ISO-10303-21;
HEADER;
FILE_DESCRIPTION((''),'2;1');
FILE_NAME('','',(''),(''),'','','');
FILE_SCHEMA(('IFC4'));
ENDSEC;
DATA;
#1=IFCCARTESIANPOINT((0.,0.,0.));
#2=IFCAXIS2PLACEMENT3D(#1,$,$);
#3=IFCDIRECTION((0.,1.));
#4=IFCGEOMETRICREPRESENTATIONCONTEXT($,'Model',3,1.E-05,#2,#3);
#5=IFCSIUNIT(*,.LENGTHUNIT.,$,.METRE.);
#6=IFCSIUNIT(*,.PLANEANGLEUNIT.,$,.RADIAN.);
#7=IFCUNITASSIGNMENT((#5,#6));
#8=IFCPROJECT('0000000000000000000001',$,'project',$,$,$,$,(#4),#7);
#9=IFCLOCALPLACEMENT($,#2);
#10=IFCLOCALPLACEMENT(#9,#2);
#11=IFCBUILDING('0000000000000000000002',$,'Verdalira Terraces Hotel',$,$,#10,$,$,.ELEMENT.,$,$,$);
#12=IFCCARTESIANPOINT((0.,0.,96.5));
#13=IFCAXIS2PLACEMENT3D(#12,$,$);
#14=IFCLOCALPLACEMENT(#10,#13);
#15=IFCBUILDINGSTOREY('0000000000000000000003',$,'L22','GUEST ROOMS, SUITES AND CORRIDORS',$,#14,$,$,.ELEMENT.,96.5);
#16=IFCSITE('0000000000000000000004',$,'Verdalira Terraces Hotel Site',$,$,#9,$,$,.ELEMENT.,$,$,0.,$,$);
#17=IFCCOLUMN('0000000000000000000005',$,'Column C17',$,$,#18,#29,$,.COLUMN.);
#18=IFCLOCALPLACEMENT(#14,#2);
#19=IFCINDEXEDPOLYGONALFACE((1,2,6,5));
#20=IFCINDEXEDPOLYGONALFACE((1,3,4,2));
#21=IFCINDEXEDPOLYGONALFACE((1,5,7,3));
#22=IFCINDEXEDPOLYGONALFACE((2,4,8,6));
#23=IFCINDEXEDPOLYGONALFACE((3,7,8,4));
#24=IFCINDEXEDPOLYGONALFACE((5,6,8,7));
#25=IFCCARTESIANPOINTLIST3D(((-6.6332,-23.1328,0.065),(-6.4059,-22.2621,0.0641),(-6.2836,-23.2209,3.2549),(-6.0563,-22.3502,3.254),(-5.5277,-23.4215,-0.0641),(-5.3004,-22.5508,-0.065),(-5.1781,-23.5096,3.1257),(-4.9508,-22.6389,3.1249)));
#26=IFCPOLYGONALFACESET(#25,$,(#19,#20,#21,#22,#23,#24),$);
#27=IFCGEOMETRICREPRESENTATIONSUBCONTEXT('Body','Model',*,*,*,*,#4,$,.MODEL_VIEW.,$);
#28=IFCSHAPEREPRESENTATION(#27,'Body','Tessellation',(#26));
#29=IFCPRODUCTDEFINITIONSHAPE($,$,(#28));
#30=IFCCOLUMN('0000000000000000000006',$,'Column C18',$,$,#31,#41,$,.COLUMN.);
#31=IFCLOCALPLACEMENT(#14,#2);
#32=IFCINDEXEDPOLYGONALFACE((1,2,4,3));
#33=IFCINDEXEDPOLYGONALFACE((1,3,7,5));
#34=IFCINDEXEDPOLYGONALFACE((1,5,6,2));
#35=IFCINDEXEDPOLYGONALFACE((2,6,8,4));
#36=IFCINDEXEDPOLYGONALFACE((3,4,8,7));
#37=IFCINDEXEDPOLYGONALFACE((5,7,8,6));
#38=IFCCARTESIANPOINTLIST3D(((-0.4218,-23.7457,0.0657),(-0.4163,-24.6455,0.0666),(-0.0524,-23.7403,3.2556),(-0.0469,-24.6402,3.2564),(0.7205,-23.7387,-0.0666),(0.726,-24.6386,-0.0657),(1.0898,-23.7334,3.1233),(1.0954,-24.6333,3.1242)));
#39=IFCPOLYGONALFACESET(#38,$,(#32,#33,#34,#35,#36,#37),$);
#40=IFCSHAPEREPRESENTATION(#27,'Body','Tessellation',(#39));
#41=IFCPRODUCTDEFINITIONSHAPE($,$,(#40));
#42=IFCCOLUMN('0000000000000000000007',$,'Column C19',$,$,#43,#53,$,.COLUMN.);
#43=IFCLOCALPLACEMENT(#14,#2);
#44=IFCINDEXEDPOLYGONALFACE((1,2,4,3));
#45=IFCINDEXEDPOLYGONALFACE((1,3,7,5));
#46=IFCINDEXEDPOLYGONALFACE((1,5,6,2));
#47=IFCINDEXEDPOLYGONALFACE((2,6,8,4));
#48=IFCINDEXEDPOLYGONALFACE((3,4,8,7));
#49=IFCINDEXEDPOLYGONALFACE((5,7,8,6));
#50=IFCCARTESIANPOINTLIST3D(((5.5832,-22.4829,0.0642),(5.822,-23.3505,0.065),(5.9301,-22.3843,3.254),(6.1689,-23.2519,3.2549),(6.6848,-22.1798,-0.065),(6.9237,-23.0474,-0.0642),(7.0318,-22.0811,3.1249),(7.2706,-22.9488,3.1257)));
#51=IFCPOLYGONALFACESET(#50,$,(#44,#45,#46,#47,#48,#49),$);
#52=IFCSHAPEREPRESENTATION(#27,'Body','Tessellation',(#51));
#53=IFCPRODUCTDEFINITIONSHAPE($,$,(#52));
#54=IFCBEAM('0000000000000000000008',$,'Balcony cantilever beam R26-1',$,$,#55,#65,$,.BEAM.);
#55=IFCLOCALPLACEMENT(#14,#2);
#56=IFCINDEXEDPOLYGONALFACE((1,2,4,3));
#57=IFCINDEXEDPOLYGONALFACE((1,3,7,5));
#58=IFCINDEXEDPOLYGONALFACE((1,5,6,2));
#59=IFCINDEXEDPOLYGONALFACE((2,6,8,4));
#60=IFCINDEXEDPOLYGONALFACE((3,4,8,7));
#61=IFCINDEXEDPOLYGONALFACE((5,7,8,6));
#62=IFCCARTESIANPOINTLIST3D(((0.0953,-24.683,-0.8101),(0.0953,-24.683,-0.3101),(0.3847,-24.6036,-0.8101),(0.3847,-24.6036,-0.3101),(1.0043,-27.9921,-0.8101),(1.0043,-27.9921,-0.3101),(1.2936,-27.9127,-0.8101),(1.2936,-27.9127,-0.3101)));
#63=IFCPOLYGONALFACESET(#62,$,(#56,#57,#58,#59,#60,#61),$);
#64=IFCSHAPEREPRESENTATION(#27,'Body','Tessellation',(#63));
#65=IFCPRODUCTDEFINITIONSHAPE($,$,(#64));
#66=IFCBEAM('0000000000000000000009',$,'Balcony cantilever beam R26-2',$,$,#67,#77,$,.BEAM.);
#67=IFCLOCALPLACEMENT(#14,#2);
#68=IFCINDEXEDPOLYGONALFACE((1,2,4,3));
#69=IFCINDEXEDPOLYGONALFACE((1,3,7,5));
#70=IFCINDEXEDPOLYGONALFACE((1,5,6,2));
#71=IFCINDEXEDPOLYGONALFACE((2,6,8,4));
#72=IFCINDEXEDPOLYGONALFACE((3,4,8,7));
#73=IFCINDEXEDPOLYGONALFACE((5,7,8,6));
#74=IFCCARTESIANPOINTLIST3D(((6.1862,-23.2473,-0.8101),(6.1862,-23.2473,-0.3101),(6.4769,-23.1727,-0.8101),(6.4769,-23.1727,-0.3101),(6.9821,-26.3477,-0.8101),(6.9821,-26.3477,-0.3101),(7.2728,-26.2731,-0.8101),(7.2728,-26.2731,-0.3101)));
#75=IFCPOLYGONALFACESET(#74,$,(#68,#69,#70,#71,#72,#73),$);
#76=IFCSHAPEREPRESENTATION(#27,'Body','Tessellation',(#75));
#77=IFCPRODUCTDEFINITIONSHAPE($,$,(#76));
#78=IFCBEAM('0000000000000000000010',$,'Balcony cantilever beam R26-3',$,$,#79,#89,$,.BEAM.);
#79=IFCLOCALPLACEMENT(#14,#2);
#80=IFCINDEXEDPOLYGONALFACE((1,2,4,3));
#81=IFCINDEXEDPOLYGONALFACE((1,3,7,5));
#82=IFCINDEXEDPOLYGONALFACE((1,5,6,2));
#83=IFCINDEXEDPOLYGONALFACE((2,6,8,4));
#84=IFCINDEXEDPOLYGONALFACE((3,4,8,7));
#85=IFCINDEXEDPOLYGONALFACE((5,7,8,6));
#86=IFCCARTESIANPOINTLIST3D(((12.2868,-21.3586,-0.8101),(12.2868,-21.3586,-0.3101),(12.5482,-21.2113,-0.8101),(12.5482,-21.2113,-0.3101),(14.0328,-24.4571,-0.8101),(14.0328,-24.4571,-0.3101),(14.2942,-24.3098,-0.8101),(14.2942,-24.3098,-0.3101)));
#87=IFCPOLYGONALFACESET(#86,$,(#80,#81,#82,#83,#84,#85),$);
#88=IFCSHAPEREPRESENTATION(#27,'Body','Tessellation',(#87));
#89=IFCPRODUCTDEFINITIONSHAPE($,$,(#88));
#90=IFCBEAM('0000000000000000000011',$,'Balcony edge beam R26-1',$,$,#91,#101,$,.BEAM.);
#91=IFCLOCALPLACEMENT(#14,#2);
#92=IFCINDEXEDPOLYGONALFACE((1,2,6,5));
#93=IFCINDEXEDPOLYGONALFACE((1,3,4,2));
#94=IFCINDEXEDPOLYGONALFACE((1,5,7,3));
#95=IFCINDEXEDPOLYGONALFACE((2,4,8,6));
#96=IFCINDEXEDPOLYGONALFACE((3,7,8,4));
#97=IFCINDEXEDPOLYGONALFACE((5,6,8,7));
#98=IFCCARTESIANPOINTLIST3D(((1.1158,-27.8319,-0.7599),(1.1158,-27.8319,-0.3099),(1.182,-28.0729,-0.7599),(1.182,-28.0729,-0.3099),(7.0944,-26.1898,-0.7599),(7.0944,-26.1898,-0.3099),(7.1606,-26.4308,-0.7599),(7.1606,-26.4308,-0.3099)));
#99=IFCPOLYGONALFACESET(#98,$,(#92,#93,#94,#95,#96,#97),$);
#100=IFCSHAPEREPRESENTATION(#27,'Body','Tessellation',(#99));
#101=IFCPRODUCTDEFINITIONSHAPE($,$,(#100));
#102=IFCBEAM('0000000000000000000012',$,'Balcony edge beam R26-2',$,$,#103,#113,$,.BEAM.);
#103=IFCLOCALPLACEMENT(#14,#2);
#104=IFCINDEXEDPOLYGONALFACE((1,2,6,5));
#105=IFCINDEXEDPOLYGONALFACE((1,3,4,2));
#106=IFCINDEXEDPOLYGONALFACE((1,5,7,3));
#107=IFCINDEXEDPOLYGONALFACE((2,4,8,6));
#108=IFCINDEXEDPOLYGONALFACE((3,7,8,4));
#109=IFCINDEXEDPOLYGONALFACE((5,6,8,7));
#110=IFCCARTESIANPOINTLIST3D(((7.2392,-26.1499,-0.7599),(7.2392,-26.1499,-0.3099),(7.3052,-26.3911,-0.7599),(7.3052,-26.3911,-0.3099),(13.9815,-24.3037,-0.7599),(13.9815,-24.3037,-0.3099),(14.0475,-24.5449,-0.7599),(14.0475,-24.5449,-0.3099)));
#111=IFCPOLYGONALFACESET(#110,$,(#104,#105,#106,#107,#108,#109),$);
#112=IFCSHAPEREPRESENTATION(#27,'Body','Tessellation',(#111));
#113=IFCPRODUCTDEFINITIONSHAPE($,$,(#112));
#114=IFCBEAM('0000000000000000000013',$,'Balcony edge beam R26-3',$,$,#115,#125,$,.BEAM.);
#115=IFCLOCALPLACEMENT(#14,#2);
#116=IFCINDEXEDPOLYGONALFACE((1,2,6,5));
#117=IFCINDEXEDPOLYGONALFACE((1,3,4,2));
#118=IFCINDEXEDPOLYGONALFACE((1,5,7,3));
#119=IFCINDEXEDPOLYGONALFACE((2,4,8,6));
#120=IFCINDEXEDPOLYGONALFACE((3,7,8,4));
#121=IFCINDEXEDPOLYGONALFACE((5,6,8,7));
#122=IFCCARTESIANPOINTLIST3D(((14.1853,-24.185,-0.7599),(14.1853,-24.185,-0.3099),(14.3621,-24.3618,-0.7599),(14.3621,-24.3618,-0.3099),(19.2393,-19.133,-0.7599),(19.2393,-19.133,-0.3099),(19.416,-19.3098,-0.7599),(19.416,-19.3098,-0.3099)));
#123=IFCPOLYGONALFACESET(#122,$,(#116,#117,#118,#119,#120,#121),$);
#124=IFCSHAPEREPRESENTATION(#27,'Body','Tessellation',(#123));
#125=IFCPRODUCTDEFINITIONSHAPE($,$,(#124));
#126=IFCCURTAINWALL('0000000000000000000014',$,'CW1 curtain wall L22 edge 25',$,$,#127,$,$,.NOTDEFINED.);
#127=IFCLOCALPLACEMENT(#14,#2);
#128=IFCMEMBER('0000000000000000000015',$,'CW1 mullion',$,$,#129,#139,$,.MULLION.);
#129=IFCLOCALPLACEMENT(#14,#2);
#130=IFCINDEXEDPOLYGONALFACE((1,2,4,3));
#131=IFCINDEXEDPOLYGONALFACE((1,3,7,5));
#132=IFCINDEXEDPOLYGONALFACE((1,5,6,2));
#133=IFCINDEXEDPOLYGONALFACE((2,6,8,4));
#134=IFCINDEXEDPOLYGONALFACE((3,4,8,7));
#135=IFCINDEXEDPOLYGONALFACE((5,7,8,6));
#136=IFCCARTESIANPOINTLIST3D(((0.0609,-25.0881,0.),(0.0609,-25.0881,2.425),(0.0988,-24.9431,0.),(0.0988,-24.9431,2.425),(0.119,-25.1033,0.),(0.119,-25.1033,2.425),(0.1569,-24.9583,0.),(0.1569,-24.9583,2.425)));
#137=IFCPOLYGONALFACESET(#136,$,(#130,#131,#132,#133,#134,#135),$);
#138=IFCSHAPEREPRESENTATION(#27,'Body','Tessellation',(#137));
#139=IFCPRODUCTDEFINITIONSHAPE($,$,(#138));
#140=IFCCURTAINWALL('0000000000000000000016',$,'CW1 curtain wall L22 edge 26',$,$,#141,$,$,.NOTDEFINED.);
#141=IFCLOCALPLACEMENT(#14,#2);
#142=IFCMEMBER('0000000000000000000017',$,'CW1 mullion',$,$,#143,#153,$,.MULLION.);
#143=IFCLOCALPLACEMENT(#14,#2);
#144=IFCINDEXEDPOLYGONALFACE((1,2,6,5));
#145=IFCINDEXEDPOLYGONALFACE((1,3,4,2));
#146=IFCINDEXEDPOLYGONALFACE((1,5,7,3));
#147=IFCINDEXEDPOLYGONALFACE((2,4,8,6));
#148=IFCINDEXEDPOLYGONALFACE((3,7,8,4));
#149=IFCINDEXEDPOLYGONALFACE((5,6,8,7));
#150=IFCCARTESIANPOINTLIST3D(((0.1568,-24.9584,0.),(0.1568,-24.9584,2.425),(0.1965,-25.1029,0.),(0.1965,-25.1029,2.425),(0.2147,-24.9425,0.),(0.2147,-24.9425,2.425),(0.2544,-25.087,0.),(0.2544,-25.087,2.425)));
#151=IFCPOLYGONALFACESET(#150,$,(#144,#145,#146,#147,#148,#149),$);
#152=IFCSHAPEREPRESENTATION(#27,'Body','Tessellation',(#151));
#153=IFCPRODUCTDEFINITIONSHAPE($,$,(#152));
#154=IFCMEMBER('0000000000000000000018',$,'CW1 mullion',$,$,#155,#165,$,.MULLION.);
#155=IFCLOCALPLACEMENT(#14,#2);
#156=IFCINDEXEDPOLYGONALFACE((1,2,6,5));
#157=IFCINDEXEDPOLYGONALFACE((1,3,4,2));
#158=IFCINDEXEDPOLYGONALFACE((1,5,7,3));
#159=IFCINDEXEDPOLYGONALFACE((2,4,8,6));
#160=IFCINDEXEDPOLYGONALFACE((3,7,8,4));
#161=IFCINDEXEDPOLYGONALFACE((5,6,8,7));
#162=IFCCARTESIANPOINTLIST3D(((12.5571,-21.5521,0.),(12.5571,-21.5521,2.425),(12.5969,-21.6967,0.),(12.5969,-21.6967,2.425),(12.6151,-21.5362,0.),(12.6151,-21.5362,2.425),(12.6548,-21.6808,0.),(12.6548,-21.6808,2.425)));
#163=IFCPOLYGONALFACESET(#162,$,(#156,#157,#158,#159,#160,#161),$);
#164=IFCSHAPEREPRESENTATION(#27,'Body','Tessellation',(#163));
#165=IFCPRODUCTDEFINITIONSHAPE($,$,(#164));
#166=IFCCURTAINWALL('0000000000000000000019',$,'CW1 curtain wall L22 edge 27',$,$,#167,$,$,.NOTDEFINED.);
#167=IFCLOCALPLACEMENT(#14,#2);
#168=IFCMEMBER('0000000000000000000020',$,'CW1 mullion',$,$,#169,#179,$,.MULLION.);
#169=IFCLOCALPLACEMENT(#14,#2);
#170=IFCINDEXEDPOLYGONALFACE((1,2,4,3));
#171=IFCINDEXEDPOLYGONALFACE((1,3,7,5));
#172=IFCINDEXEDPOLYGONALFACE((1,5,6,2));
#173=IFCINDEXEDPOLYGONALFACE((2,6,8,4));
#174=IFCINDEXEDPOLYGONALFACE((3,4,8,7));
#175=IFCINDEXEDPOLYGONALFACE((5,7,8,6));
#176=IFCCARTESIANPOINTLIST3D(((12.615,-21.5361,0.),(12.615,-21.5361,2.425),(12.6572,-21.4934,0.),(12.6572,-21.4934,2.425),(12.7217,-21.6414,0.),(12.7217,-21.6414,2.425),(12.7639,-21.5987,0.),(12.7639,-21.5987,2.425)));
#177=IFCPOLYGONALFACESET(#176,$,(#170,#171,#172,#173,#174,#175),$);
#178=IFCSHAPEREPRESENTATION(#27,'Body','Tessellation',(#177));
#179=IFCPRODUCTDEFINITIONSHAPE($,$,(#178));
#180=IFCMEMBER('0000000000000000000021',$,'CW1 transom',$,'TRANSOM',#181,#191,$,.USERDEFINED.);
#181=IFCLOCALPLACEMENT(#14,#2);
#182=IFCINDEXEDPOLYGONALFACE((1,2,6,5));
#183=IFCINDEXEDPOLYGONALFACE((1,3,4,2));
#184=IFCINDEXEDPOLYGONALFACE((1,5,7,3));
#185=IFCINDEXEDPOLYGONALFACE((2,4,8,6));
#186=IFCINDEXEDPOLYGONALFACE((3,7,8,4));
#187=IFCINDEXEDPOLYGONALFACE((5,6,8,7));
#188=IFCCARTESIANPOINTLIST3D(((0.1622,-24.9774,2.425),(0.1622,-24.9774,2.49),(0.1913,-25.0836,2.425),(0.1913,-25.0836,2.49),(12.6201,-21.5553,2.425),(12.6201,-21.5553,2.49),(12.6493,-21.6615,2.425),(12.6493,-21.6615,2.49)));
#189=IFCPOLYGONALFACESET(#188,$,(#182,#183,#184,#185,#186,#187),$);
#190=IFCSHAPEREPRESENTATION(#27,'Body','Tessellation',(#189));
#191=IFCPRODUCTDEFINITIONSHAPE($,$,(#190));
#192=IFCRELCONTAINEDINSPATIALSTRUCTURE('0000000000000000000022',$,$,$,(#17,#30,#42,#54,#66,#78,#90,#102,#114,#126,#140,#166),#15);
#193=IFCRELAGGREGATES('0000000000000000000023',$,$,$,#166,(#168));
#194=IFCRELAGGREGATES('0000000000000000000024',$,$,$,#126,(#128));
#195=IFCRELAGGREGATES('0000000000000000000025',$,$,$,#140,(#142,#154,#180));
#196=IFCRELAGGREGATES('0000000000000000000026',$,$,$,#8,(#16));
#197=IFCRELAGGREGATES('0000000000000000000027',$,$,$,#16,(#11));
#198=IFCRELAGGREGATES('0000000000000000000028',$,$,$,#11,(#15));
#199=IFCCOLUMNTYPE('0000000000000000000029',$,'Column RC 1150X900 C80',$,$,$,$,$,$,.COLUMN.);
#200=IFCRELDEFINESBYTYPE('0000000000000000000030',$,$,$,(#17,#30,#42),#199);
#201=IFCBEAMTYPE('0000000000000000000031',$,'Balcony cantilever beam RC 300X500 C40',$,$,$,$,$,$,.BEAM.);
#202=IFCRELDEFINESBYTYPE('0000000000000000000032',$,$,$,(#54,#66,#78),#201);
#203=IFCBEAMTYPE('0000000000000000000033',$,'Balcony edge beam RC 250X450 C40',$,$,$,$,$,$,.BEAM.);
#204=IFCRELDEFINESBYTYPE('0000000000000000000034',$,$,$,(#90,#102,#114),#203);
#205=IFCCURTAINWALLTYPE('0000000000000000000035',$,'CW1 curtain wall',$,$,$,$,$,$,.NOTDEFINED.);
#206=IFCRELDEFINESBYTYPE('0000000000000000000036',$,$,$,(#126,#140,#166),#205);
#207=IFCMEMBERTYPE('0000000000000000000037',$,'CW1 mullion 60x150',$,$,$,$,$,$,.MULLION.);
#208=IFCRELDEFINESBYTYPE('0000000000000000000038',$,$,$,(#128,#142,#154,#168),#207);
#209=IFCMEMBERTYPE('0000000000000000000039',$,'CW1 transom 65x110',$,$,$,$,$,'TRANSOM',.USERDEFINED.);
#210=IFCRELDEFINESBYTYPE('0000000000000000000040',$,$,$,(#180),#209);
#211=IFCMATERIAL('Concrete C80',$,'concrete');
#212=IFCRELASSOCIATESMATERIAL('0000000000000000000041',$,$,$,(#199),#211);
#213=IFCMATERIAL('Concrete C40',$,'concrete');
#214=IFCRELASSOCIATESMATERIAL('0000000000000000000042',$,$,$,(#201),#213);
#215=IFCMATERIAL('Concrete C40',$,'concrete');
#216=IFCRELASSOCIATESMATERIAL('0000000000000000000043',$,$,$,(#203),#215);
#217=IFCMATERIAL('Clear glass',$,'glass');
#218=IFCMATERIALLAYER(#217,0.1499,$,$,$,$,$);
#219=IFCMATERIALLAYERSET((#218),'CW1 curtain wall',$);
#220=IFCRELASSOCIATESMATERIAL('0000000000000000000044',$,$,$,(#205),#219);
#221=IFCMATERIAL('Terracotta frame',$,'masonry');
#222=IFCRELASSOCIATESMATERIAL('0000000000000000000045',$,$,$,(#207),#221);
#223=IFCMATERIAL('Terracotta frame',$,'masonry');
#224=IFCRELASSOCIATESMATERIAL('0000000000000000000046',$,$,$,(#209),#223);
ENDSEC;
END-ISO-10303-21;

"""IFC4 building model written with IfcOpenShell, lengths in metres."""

from ifc_helpers import new_model, si_unit, direction, frame, origin, origin_2d, place, context, subcontext, project, spatial, rectangle, extrude, material, layer, layer_set, material_profile, profile_set, type_object, element, aggregate, save


model = new_model("IFC4")

# Units and contexts
model_context = context("Model", 3, precision=1e-05, world=origin(), true_north=direction((0.0, 1.0)))
body_context = subcontext(model_context, "Body", "Model", "MODEL_VIEW")
ifc_project = project(units=[si_unit("LENGTHUNIT", "METRE"), si_unit("PLANEANGLEUNIT", "RADIAN")], contexts=[model_context])

# Site, building, storey
site_placement = place(None, origin())
site = spatial("IfcSite", under=ifc_project, at=site_placement, Name="Verdalira Terraces Hotel Site", CompositionType="ELEMENT", RefElevation=0.0)
building_placement = place(site_placement, origin())
building = spatial("IfcBuilding", under=site, at=building_placement, Name="Verdalira Terraces Hotel", CompositionType="ELEMENT")
storey_placement = place(building_placement, frame((0.0, 0.0, 96.5)))
storey = spatial("IfcBuildingStorey", under=building, at=storey_placement, Name="L22", Description="GUEST ROOMS, SUITES AND CORRIDORS", CompositionType="ELEMENT", Elevation=96.5)

# Columns
ifc_material_1 = material(Name="Concrete C80", Category="concrete")
ifc_material_profile_1 = material_profile(ifc_material_1, rectangle(XDim=1.1499, YDim=0.8999, at=origin_2d()), Name="RC 1150X900")
ifc_profile_set_1 = profile_set([ifc_material_profile_1], Name="Concrete C80")
column_type = type_object("IfcColumnType", Name="Column RC 1150X900 C80", PredefinedType="COLUMN", material=ifc_profile_set_1)
column_1_placement = place(storey_placement, frame((-5.9668, -22.8418, 0.0), z_axis=(0.108904, -0.027454, 0.993673), x_axis=(0.961432, -0.251068, -0.112307)))
element("IfcColumn", 1, at=column_1_placement, inside=storey, type_object=column_type, Name="Column C17", PredefinedType="COLUMN", context=body_context, shape_type="SweptSolid", body=[
    extrude(rectangle(XDim=1.1499, YDim=0.8999, at=origin_2d()), origin(), (0.0, 0.0, 1.0), 3.2102),
])
column_2_placement = place(storey_placement, frame((0.1521, -24.1921, 0.0), z_axis=(0.115028, 0.001673, 0.993361), x_axis=(-0.993343, -0.00601, 0.115036)))
element("IfcColumn", 2, at=column_2_placement, inside=storey, type_object=column_type, Name="Column C18", PredefinedType="COLUMN", context=body_context, shape_type="SweptSolid", body=[
    extrude(rectangle(XDim=1.1499, YDim=0.8999, at=origin_2d()), origin(), (0.0, 0.0, 1.0), 3.2112),
])
column_3_placement = place(storey_placement, frame((6.2534, -22.7651, 0.0), z_axis=(0.108067, 0.030724, 0.993669), x_axis=(0.958063, 0.263618, -0.112346)))
element("IfcColumn", 3, at=column_3_placement, inside=storey, type_object=column_type, Name="Column C19", PredefinedType="COLUMN", context=body_context, shape_type="SweptSolid", body=[
    extrude(rectangle(XDim=1.1499, YDim=0.8999, at=origin_2d()), origin(), (0.0, 0.0, 1.0), 3.2102),
])

# Beams
ifc_material_2 = material(Name="Concrete C40", Category="concrete")
ifc_material_profile_2 = material_profile(ifc_material_2, rectangle(XDim=0.3, YDim=0.5, at=origin_2d()), Name="RC 300X500")
ifc_profile_set_2 = profile_set([ifc_material_profile_2], Name="Concrete C40")
beam_type_1 = type_object("IfcBeamType", Name="Balcony cantilever beam RC 300X500 C40", PredefinedType="BEAM", material=ifc_profile_set_2)
beam_1_placement = place(storey_placement, frame((0.24, -24.6433, -0.5601), z_axis=(0.264869, -0.964284, 0.0), x_axis=(0.964284, 0.264869, 0.0)))
element("IfcBeam", 4, at=beam_1_placement, inside=storey, type_object=beam_type_1, Name="Balcony cantilever beam R26-1", PredefinedType="BEAM", context=body_context, shape_type="SweptSolid", body=[
    extrude(rectangle(XDim=0.3, YDim=0.5, at=origin_2d()), origin(), (0.0, 0.0, 1.0), 3.4316),
])
beam_2_placement = place(storey_placement, frame((6.3315, -23.21, -0.5601), z_axis=(0.248651, -0.968593, 0.0), x_axis=(0.968593, 0.248651, 0.0)))
element("IfcBeam", 5, at=beam_2_placement, inside=storey, type_object=beam_type_1, Name="Balcony cantilever beam R26-2", PredefinedType="BEAM", context=body_context, shape_type="SweptSolid", body=[
    extrude(rectangle(XDim=0.3, YDim=0.5, at=origin_2d()), origin(), (0.0, 0.0, 1.0), 3.2009),
])
beam_3_placement = place(storey_placement, frame((12.4175, -21.2849, -0.5601), z_axis=(0.490926, -0.871201, 0.0), x_axis=(0.871201, 0.490926, 0.0)))
element("IfcBeam", 6, at=beam_3_placement, inside=storey, type_object=beam_type_1, Name="Balcony cantilever beam R26-3", PredefinedType="BEAM", context=body_context, shape_type="SweptSolid", body=[
    extrude(rectangle(XDim=0.3, YDim=0.5, at=origin_2d()), origin(), (0.0, 0.0, 1.0), 3.5566),
])
ifc_material_3 = material(Name="Concrete C40", Category="concrete")
ifc_material_profile_3 = material_profile(ifc_material_3, rectangle(XDim=0.25, YDim=0.45, at=origin_2d()), Name="RC 250X450")
ifc_profile_set_3 = profile_set([ifc_material_profile_3], Name="Concrete C40")
beam_type_2 = type_object("IfcBeamType", Name="Balcony edge beam RC 250X450 C40", PredefinedType="BEAM", material=ifc_profile_set_3)
beam_4_placement = place(storey_placement, frame((1.1489, -27.9524, -0.5349), z_axis=(0.964288, 0.264856, 0.0), x_axis=(-0.264856, 0.964288, 0.0)))
element("IfcBeam", 7, at=beam_4_placement, inside=storey, type_object=beam_type_2, Name="Balcony edge beam R26-1", PredefinedType="BEAM", context=body_context, shape_type="SweptSolid", body=[
    extrude(rectangle(XDim=0.25, YDim=0.45, at=origin_2d()), origin(), (0.0, 0.0, 1.0), 6.2),
])
beam_5_placement = place(storey_placement, frame((7.2722, -26.2705, -0.5349), z_axis=(0.964494, 0.264104, 0.0), x_axis=(-0.264104, 0.964494, 0.0)))
element("IfcBeam", 8, at=beam_5_placement, inside=storey, type_object=beam_type_2, Name="Balcony edge beam R26-2", PredefinedType="BEAM", context=body_context, shape_type="SweptSolid", body=[
    extrude(rectangle(XDim=0.25, YDim=0.45, at=origin_2d()), origin(), (0.0, 0.0, 1.0), 6.9905),
])
beam_6_placement = place(storey_placement, frame((14.2737, -24.2734, -0.5349), z_axis=(0.707243, 0.70697, 0.0), x_axis=(-0.70697, 0.707243, 0.0)))
element("IfcBeam", 9, at=beam_6_placement, inside=storey, type_object=beam_type_2, Name="Balcony edge beam R26-3", PredefinedType="BEAM", context=body_context, shape_type="SweptSolid", body=[
    extrude(rectangle(XDim=0.25, YDim=0.45, at=origin_2d()), origin(), (0.0, 0.0, 1.0), 7.146),
])

# Curtain wall, member
ifc_material_4 = material(Name="Clear glass", Category="glass")
ifc_layer_1 = layer(ifc_material_4, 0.1499)
ifc_layer_set_1 = layer_set([ifc_layer_1], Name="CW1 curtain wall")
curtain_wall_type = type_object("IfcCurtainWallType", Name="CW1 curtain wall", PredefinedType="NOTDEFINED", material=ifc_layer_set_1)
curtain_wall_1_placement = place(storey_placement, origin())
curtain_wall_1 = element("IfcCurtainWall", 10, at=curtain_wall_1_placement, inside=storey, type_object=curtain_wall_type, Name="CW1 curtain wall L22 edge 25", PredefinedType="NOTDEFINED")
ifc_material_5 = material(Name="Terracotta frame", Category="masonry")
ifc_material_profile_4 = material_profile(ifc_material_5, rectangle(XDim=0.0601, YDim=0.1499, at=origin_2d()), Name="MU 60x150")
ifc_profile_set_4 = profile_set([ifc_material_profile_4], Name="Terracotta frame")
member_type_1 = type_object("IfcMemberType", Name="CW1 mullion 60x150", PredefinedType="MULLION", material=ifc_profile_set_4)
member_1_placement = place(storey_placement, frame((0.1089, -25.0232, 0.0), z_axis=(0.0, 0.0, 1.0), x_axis=(0.967533, -0.252745, 0.0)))
member_1 = element("IfcMember", 11, at=member_1_placement, type_object=member_type_1, Name="CW1 mullion", PredefinedType="MULLION", context=body_context, shape_type="SweptSolid", body=[
    extrude(rectangle(XDim=0.0601, YDim=0.1499, at=origin_2d()), origin(), (0.0, 0.0, 1.0), 2.425),
])

# Curtain wall, members
curtain_wall_2_placement = place(storey_placement, origin())
curtain_wall_2 = element("IfcCurtainWall", 12, at=curtain_wall_2_placement, inside=storey, type_object=curtain_wall_type, Name="CW1 curtain wall L22 edge 26", PredefinedType="NOTDEFINED")
member_2_placement = place(storey_placement, frame((0.2056, -25.0227, 0.0), z_axis=(0.0, 0.0, 1.0), x_axis=(0.964281, 0.264883, 0.0)))
member_2 = element("IfcMember", 13, at=member_2_placement, type_object=member_type_1, Name="CW1 mullion", PredefinedType="MULLION", context=body_context, shape_type="SweptSolid", body=[
    extrude(rectangle(XDim=0.0601, YDim=0.1499, at=origin_2d()), origin(), (0.0, 0.0, 1.0), 2.425),
])
member_3_placement = place(storey_placement, frame((12.606, -21.6165, 0.0), z_axis=(0.0, 0.0, 1.0), x_axis=(0.964281, 0.264883, 0.0)))
member_3 = element("IfcMember", 14, at=member_3_placement, type_object=member_type_1, Name="CW1 mullion", PredefinedType="MULLION", context=body_context, shape_type="SweptSolid", body=[
    extrude(rectangle(XDim=0.0601, YDim=0.1499, at=origin_2d()), origin(), (0.0, 0.0, 1.0), 2.425),
])

# Curtain wall, member
curtain_wall_3_placement = place(storey_placement, origin())
curtain_wall_3 = element("IfcCurtainWall", 15, at=curtain_wall_3_placement, inside=storey, type_object=curtain_wall_type, Name="CW1 curtain wall L22 edge 27", PredefinedType="NOTDEFINED")
member_4_placement = place(storey_placement, frame((12.6895, -21.5674, 0.0), z_axis=(0.0, 0.0, 1.0), x_axis=(0.70265, 0.711536, 0.0)))
member_4 = element("IfcMember", 16, at=member_4_placement, type_object=member_type_1, Name="CW1 mullion", PredefinedType="MULLION", context=body_context, shape_type="SweptSolid", body=[
    extrude(rectangle(XDim=0.0601, YDim=0.1499, at=origin_2d()), origin(), (0.0, 0.0, 1.0), 2.425),
])

# Member
ifc_material_6 = material(Name="Terracotta frame", Category="masonry")
ifc_material_profile_5 = material_profile(ifc_material_6, rectangle(XDim=0.1101, YDim=0.0649, at=origin_2d()), Name="TR 65x110")
ifc_profile_set_5 = profile_set([ifc_material_profile_5], Name="Terracotta frame")
member_type_2 = type_object("IfcMemberType", Name="CW1 transom 65x110", ElementType="TRANSOM", PredefinedType="USERDEFINED", material=ifc_profile_set_5)
member_5_placement = place(storey_placement, frame((0.1768, -25.0305, 2.4575), z_axis=(0.964281, 0.264881, 0.0), x_axis=(-0.264881, 0.964281, 0.0)))
member_5 = element("IfcMember", 17, at=member_5_placement, type_object=member_type_2, Name="CW1 transom", ObjectType="TRANSOM", PredefinedType="USERDEFINED", context=body_context, shape_type="SweptSolid", body=[
    extrude(rectangle(XDim=0.1101, YDim=0.0649, at=origin_2d()), origin(), (0.0, 0.0, 1.0), 12.9194),
])
aggregate(curtain_wall_3, [member_4])

aggregate(curtain_wall_1, [member_1])
aggregate(curtain_wall_2, [member_2, member_3, member_5])

save(model, "model.ifc")
